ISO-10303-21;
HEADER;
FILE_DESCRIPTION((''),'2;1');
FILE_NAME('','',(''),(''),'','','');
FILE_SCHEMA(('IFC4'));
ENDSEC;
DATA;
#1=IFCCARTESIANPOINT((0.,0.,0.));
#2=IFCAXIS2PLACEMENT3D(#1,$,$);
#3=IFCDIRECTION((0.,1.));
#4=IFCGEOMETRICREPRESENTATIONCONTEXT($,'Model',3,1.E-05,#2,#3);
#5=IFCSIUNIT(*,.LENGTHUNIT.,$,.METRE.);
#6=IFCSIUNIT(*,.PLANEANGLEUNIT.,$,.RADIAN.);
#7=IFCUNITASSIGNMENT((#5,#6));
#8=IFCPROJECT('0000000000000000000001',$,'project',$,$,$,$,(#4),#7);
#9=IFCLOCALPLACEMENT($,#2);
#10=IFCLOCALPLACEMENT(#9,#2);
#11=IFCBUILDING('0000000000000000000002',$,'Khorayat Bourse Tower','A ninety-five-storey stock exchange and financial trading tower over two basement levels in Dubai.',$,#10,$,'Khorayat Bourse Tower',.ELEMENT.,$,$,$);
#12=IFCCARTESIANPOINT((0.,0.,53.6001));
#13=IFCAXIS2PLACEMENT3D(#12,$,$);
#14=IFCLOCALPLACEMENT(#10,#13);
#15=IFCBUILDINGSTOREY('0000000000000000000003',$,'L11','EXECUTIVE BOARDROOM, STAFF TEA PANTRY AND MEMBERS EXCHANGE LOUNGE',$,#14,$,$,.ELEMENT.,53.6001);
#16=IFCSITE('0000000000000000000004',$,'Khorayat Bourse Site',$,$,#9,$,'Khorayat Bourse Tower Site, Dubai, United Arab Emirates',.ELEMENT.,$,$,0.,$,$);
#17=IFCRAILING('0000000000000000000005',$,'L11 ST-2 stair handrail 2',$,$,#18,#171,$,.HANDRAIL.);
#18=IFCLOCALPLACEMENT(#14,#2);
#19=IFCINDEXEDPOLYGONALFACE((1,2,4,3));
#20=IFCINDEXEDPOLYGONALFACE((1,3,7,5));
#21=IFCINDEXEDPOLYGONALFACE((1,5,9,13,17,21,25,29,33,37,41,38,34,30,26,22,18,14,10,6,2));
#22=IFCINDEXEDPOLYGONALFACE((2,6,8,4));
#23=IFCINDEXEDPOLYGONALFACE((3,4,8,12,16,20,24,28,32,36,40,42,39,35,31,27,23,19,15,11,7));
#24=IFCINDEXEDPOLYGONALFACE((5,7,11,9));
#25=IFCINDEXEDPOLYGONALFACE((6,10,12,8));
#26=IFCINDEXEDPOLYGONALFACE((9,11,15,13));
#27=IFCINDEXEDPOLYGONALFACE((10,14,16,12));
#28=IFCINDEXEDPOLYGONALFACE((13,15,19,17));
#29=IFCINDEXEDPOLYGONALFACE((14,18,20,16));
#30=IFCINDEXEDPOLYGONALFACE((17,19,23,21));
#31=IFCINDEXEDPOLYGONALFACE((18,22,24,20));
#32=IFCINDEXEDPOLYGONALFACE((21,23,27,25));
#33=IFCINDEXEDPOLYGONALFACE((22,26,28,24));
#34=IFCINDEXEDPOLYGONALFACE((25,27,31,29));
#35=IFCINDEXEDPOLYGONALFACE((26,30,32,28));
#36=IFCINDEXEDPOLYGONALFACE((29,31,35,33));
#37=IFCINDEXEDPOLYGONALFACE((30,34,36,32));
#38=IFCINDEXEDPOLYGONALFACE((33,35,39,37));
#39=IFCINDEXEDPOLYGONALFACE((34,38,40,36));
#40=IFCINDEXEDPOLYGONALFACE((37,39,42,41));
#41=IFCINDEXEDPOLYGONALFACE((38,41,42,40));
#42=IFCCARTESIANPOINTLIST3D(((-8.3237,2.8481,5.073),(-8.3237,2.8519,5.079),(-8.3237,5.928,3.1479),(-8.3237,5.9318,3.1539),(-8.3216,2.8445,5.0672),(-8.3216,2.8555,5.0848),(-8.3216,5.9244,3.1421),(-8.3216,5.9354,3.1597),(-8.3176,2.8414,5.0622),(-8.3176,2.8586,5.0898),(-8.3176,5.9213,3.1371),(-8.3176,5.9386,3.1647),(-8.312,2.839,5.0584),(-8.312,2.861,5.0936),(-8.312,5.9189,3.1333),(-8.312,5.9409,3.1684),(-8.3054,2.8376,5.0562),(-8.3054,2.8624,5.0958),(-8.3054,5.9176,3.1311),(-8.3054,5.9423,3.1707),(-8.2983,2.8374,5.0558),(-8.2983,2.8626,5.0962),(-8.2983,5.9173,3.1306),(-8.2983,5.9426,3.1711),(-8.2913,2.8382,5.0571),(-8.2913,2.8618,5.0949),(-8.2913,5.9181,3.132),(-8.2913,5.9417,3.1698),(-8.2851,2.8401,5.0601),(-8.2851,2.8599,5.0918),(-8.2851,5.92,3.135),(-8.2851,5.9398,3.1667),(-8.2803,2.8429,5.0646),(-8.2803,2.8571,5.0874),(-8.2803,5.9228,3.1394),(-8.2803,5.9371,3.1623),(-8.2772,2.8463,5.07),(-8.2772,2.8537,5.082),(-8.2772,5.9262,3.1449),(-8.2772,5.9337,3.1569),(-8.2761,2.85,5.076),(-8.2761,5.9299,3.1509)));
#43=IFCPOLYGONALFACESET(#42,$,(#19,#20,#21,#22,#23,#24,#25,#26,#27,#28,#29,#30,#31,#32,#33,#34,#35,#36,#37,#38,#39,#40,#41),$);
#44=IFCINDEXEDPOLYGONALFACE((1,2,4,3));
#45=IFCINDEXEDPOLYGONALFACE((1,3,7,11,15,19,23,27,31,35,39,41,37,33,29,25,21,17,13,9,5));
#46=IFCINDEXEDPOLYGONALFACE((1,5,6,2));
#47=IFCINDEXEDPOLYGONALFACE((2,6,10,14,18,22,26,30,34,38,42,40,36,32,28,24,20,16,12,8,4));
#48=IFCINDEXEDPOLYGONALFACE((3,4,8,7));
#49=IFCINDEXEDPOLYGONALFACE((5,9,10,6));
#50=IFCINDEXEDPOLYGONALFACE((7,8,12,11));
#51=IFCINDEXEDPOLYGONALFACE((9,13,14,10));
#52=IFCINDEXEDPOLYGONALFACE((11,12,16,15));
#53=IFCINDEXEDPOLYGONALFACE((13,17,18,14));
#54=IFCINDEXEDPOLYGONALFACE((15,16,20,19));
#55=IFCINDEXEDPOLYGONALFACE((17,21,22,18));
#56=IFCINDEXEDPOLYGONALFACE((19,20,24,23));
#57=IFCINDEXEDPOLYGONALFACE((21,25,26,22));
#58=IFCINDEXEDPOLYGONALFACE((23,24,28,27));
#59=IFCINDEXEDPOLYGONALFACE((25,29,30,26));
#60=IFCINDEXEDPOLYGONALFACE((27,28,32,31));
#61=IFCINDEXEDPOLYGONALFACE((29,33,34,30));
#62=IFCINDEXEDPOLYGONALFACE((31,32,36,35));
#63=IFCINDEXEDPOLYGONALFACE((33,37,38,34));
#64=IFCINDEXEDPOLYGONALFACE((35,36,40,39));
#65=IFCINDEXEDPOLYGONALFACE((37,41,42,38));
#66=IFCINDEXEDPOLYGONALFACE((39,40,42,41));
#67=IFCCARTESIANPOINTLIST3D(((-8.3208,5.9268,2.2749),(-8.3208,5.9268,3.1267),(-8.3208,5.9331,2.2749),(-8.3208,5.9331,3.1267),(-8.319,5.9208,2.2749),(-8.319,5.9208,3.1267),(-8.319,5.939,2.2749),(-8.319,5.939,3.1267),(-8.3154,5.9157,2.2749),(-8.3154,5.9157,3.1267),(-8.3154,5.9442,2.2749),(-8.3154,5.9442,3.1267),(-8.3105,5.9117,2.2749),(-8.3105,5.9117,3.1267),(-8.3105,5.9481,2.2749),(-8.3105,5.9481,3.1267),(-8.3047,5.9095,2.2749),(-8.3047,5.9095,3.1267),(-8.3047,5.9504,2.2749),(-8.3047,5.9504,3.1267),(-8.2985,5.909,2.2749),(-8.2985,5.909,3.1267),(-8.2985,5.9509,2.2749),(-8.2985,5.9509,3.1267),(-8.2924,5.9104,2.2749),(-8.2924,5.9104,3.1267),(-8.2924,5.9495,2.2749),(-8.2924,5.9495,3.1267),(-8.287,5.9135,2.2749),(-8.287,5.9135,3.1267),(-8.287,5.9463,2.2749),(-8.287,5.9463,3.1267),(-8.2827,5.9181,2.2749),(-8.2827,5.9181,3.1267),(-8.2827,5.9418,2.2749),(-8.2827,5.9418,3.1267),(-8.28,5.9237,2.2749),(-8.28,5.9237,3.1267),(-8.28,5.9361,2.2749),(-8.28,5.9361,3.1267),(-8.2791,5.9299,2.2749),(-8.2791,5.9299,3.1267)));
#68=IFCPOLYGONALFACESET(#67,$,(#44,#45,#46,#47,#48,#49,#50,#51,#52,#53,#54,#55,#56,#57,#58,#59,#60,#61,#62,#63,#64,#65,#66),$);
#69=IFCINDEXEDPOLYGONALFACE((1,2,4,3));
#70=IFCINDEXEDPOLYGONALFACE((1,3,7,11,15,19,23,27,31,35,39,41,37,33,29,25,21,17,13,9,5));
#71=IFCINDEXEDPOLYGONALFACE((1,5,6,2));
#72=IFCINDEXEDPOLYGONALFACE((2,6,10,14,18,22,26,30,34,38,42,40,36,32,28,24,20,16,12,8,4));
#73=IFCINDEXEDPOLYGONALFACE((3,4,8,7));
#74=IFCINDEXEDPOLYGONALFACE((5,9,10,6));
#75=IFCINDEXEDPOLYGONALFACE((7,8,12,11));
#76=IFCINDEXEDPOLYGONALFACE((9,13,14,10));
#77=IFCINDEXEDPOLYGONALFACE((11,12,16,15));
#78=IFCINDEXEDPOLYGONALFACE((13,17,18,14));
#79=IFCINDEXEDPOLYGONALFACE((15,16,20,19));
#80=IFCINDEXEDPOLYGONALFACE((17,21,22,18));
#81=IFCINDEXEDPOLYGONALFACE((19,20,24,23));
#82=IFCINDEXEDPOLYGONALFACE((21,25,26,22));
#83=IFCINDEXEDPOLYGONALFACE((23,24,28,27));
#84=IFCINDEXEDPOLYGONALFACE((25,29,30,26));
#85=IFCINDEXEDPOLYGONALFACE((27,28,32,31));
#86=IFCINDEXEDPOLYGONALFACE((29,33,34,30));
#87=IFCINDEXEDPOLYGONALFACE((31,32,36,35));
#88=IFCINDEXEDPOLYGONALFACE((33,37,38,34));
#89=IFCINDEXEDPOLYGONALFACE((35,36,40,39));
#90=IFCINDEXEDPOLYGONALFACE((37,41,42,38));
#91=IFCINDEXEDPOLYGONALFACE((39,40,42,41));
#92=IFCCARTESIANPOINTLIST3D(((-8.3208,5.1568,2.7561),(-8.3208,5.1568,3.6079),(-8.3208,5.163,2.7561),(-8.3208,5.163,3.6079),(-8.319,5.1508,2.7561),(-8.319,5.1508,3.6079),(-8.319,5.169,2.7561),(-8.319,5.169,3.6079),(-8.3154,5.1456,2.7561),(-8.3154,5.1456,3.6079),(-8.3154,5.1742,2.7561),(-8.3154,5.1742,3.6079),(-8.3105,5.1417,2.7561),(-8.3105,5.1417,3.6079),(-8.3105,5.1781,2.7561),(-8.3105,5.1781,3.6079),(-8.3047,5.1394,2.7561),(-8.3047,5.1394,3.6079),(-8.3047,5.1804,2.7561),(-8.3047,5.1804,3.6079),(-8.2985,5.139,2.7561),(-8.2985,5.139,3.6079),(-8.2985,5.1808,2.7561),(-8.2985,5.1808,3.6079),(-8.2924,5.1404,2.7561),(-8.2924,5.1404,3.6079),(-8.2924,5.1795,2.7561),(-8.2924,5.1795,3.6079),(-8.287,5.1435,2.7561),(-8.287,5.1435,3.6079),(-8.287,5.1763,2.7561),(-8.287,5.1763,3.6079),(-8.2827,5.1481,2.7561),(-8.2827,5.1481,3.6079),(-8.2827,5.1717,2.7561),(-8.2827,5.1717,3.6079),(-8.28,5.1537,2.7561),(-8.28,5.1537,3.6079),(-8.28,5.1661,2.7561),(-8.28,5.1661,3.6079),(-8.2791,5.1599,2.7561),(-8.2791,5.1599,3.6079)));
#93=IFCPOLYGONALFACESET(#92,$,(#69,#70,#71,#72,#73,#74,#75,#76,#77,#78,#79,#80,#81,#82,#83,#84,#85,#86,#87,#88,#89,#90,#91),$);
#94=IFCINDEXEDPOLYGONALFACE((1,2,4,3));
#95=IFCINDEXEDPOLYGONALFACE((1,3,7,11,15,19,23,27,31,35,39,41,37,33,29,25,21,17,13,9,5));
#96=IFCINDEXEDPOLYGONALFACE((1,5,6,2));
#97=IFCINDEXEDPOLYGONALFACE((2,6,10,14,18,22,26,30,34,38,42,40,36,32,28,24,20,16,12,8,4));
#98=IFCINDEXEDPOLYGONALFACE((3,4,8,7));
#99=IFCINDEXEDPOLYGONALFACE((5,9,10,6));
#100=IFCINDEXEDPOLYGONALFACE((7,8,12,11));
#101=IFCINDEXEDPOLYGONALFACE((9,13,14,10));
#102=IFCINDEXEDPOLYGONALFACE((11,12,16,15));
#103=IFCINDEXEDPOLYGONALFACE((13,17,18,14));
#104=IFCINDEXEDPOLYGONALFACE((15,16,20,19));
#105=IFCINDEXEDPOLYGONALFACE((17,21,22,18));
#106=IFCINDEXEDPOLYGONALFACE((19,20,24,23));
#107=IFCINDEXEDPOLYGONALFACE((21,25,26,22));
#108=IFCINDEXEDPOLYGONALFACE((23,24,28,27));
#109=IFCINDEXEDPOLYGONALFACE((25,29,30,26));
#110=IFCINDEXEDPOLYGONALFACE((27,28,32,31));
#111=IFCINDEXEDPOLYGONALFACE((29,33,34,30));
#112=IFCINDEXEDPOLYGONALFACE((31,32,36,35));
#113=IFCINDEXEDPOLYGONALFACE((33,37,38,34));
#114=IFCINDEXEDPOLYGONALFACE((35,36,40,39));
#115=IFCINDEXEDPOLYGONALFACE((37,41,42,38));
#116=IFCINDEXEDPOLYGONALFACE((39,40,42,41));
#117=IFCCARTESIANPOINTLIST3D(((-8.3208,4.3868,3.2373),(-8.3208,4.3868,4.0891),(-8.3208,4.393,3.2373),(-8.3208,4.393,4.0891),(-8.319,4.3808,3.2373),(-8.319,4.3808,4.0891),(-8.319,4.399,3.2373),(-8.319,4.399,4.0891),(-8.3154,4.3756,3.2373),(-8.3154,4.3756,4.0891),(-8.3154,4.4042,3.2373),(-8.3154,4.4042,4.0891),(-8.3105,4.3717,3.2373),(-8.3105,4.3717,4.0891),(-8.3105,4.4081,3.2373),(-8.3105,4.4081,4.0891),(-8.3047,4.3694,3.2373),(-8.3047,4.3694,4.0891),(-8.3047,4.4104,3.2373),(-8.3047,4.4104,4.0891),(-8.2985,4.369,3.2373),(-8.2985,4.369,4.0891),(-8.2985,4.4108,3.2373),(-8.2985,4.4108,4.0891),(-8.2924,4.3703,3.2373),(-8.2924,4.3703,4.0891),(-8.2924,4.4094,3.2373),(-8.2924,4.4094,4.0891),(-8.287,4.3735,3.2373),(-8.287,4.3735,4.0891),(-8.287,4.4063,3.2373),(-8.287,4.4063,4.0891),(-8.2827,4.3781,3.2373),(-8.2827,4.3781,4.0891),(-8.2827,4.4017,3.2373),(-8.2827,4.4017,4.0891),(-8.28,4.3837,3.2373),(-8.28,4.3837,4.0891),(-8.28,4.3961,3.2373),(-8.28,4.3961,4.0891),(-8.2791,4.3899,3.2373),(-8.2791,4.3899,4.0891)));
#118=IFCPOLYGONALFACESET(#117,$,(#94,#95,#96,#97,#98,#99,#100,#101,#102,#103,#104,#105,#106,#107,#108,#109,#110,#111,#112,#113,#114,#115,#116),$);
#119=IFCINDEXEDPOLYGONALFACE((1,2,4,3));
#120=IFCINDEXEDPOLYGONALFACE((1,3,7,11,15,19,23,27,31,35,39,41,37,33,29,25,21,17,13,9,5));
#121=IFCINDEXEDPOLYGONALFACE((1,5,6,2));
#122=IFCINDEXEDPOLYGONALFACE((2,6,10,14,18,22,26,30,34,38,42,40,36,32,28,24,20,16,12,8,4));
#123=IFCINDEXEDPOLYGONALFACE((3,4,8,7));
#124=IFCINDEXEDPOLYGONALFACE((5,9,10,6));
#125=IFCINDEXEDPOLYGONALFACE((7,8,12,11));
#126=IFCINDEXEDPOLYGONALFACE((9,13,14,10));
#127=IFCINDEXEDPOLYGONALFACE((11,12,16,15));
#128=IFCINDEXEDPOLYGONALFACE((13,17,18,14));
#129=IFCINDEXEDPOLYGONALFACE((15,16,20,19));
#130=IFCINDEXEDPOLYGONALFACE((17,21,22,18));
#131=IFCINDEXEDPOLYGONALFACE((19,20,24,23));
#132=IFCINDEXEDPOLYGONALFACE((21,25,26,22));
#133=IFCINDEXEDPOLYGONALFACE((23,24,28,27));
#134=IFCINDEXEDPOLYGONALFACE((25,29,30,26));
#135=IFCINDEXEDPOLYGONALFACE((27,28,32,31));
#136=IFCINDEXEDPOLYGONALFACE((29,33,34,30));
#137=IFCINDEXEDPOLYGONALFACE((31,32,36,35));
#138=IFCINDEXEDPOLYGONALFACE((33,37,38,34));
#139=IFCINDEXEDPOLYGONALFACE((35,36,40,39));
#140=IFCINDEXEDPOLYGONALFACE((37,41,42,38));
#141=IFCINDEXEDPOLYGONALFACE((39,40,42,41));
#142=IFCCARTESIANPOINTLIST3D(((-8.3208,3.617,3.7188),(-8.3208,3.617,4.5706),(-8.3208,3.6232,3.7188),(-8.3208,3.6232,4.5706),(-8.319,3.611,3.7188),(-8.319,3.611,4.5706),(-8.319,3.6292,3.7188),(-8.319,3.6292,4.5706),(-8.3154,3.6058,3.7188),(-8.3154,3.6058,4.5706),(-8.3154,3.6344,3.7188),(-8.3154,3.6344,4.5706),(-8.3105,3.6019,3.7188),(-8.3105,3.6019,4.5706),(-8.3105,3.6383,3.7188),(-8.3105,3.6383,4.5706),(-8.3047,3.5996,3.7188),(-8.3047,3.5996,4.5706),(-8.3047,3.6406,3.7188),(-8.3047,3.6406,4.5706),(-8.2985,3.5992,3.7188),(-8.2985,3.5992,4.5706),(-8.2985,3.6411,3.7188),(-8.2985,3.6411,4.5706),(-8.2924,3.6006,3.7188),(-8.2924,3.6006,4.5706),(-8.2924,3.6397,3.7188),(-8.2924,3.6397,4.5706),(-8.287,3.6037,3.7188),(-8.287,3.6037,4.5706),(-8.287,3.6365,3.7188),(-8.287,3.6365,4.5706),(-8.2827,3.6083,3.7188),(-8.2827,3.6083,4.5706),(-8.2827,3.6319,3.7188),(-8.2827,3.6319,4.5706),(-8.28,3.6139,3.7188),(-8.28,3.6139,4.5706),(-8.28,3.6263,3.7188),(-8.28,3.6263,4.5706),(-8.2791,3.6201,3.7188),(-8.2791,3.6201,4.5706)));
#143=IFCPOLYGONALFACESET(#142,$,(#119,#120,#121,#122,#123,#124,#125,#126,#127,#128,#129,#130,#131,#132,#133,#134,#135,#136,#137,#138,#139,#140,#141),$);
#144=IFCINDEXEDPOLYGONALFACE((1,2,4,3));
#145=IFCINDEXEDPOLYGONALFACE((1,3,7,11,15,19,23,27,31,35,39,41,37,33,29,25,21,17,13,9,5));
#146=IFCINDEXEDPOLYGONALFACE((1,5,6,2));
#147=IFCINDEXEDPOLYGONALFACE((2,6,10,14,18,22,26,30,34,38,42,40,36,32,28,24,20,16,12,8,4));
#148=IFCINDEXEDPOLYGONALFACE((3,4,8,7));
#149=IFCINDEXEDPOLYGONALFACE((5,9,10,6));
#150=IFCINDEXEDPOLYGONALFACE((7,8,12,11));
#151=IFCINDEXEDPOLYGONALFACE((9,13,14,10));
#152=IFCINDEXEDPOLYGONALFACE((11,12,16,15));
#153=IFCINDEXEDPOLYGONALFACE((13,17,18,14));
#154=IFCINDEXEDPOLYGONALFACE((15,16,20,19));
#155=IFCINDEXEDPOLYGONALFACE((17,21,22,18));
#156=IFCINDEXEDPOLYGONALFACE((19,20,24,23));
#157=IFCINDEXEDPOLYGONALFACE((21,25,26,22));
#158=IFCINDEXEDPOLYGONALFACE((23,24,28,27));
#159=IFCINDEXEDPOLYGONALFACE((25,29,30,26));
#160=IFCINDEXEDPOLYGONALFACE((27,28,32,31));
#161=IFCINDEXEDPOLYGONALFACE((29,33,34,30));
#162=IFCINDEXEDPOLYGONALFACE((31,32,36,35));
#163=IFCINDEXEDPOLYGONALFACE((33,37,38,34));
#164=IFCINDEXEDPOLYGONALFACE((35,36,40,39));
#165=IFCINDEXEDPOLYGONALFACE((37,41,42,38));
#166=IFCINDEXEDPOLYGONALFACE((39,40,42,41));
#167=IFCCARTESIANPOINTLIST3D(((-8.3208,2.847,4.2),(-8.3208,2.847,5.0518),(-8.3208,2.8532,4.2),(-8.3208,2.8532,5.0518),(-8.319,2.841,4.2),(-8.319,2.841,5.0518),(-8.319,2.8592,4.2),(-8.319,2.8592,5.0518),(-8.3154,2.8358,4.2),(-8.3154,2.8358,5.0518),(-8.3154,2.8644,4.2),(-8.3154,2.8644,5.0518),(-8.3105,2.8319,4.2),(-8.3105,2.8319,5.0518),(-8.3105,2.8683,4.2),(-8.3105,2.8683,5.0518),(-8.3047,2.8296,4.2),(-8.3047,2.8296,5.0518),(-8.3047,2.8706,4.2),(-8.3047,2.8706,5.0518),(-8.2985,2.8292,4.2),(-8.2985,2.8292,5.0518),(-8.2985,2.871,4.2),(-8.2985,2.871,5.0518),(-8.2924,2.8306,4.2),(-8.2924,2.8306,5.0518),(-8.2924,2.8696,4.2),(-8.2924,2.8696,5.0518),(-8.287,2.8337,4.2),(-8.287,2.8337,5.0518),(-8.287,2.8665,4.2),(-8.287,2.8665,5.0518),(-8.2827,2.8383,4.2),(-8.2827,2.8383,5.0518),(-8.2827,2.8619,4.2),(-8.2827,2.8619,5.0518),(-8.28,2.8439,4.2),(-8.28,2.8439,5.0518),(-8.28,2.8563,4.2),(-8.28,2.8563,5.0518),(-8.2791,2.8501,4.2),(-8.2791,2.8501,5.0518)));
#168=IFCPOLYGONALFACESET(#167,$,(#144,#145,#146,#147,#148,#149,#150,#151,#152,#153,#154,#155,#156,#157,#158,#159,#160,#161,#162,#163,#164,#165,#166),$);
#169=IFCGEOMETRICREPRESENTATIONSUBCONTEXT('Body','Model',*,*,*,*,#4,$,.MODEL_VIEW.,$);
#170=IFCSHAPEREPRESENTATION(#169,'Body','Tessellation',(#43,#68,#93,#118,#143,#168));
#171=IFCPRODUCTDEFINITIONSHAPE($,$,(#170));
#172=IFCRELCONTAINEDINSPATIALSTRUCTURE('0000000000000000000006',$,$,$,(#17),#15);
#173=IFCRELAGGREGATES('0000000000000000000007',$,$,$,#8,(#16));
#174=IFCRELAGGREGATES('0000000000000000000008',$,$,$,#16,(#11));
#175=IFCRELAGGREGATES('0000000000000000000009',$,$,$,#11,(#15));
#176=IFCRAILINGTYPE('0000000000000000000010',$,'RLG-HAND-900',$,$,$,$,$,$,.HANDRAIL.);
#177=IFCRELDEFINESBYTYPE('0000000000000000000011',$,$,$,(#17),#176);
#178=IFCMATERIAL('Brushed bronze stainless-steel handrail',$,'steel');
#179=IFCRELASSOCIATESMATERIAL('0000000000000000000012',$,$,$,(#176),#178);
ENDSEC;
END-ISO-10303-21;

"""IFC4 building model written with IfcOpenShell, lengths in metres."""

from ifc_helpers import new_model, si_unit, direction, frame, origin, origin_2d, place, context, subcontext, project, spatial, circle, extrude, source, transform, mapped, material, type_object, element, save


model = new_model("IFC4")

# Units and contexts
model_context = context("Model", 3, precision=1e-05, world=origin(), true_north=direction((0.0, 1.0)))
body_context = subcontext(model_context, "Body", "Model", "MODEL_VIEW")
ifc_project = project(units=[si_unit("LENGTHUNIT", "METRE"), si_unit("PLANEANGLEUNIT", "RADIAN")], contexts=[model_context])

# Site, building, storey
site_placement = place(None, origin())
site = spatial("IfcSite", under=ifc_project, at=site_placement, Name="Khorayat Bourse Site", LongName="Khorayat Bourse Tower Site, Dubai, United Arab Emirates", CompositionType="ELEMENT", RefElevation=0.0)
building_placement = place(site_placement, origin())
building = spatial("IfcBuilding", under=site, at=building_placement, Name="Khorayat Bourse Tower", Description="A ninety-five-storey stock exchange and financial trading tower over two basement levels in Dubai.", LongName="Khorayat Bourse Tower", CompositionType="ELEMENT")
storey_placement = place(building_placement, frame((0.0, 0.0, 53.6001)))
storey = spatial("IfcBuildingStorey", under=building, at=storey_placement, Name="L11", Description="EXECUTIVE BOARDROOM, STAFF TEA PANTRY AND MEMBERS EXCHANGE LOUNGE", CompositionType="ELEMENT", Elevation=53.6001)

# Railing
ifc_material_1 = material(Name="Brushed bronze stainless-steel handrail", Category="steel")
railing_type_1 = type_object("IfcRailingType", Name="RLG-HAND-900", PredefinedType="HANDRAIL", material=ifc_material_1)
shared_shape_1 = source(origin(), body_context, "Body", "SweptSolid", [
    extrude(circle(Radius=0.0239, at=origin_2d()), frame((0.0, 0.0, 0.876), z_axis=(0.0, -0.847979, 0.530029), x_axis=(1.0, 0.0, 0.0)), (0.0, 0.0, 1.0), 3.6321),
    extrude(circle(Radius=0.021, at=origin_2d()), origin(), (0.0, 0.0, 1.0), 0.8518),
    extrude(circle(Radius=0.021, at=origin_2d()), frame((0.0, -0.77, 0.4812)), (0.0, 0.0, 1.0), 0.8518),
    extrude(circle(Radius=0.021, at=origin_2d()), frame((0.0, -1.54, 0.9624)), (0.0, 0.0, 1.0), 0.8518),
    extrude(circle(Radius=0.021, at=origin_2d()), frame((0.0, -2.3098, 1.4438)), (0.0, 0.0, 1.0), 0.8518),
    extrude(circle(Radius=0.021, at=origin_2d()), frame((0.0, -3.0798, 1.925)), (0.0, 0.0, 1.0), 0.8518),
])
railing_1_placement = place(storey_placement, frame((-8.3, 5.9299, 2.2749)))
element("IfcRailing", 1, at=railing_1_placement, inside=storey, type_object=railing_type_1, Name="L11 ST-2 stair handrail 2", PredefinedType="HANDRAIL", context=body_context, shape_type="MappedRepresentation", body=[
    mapped(shared_shape_1, transform((0.0, 0.0, 0.0), scale=1.0)),
])

save(model, "model.ifc")
